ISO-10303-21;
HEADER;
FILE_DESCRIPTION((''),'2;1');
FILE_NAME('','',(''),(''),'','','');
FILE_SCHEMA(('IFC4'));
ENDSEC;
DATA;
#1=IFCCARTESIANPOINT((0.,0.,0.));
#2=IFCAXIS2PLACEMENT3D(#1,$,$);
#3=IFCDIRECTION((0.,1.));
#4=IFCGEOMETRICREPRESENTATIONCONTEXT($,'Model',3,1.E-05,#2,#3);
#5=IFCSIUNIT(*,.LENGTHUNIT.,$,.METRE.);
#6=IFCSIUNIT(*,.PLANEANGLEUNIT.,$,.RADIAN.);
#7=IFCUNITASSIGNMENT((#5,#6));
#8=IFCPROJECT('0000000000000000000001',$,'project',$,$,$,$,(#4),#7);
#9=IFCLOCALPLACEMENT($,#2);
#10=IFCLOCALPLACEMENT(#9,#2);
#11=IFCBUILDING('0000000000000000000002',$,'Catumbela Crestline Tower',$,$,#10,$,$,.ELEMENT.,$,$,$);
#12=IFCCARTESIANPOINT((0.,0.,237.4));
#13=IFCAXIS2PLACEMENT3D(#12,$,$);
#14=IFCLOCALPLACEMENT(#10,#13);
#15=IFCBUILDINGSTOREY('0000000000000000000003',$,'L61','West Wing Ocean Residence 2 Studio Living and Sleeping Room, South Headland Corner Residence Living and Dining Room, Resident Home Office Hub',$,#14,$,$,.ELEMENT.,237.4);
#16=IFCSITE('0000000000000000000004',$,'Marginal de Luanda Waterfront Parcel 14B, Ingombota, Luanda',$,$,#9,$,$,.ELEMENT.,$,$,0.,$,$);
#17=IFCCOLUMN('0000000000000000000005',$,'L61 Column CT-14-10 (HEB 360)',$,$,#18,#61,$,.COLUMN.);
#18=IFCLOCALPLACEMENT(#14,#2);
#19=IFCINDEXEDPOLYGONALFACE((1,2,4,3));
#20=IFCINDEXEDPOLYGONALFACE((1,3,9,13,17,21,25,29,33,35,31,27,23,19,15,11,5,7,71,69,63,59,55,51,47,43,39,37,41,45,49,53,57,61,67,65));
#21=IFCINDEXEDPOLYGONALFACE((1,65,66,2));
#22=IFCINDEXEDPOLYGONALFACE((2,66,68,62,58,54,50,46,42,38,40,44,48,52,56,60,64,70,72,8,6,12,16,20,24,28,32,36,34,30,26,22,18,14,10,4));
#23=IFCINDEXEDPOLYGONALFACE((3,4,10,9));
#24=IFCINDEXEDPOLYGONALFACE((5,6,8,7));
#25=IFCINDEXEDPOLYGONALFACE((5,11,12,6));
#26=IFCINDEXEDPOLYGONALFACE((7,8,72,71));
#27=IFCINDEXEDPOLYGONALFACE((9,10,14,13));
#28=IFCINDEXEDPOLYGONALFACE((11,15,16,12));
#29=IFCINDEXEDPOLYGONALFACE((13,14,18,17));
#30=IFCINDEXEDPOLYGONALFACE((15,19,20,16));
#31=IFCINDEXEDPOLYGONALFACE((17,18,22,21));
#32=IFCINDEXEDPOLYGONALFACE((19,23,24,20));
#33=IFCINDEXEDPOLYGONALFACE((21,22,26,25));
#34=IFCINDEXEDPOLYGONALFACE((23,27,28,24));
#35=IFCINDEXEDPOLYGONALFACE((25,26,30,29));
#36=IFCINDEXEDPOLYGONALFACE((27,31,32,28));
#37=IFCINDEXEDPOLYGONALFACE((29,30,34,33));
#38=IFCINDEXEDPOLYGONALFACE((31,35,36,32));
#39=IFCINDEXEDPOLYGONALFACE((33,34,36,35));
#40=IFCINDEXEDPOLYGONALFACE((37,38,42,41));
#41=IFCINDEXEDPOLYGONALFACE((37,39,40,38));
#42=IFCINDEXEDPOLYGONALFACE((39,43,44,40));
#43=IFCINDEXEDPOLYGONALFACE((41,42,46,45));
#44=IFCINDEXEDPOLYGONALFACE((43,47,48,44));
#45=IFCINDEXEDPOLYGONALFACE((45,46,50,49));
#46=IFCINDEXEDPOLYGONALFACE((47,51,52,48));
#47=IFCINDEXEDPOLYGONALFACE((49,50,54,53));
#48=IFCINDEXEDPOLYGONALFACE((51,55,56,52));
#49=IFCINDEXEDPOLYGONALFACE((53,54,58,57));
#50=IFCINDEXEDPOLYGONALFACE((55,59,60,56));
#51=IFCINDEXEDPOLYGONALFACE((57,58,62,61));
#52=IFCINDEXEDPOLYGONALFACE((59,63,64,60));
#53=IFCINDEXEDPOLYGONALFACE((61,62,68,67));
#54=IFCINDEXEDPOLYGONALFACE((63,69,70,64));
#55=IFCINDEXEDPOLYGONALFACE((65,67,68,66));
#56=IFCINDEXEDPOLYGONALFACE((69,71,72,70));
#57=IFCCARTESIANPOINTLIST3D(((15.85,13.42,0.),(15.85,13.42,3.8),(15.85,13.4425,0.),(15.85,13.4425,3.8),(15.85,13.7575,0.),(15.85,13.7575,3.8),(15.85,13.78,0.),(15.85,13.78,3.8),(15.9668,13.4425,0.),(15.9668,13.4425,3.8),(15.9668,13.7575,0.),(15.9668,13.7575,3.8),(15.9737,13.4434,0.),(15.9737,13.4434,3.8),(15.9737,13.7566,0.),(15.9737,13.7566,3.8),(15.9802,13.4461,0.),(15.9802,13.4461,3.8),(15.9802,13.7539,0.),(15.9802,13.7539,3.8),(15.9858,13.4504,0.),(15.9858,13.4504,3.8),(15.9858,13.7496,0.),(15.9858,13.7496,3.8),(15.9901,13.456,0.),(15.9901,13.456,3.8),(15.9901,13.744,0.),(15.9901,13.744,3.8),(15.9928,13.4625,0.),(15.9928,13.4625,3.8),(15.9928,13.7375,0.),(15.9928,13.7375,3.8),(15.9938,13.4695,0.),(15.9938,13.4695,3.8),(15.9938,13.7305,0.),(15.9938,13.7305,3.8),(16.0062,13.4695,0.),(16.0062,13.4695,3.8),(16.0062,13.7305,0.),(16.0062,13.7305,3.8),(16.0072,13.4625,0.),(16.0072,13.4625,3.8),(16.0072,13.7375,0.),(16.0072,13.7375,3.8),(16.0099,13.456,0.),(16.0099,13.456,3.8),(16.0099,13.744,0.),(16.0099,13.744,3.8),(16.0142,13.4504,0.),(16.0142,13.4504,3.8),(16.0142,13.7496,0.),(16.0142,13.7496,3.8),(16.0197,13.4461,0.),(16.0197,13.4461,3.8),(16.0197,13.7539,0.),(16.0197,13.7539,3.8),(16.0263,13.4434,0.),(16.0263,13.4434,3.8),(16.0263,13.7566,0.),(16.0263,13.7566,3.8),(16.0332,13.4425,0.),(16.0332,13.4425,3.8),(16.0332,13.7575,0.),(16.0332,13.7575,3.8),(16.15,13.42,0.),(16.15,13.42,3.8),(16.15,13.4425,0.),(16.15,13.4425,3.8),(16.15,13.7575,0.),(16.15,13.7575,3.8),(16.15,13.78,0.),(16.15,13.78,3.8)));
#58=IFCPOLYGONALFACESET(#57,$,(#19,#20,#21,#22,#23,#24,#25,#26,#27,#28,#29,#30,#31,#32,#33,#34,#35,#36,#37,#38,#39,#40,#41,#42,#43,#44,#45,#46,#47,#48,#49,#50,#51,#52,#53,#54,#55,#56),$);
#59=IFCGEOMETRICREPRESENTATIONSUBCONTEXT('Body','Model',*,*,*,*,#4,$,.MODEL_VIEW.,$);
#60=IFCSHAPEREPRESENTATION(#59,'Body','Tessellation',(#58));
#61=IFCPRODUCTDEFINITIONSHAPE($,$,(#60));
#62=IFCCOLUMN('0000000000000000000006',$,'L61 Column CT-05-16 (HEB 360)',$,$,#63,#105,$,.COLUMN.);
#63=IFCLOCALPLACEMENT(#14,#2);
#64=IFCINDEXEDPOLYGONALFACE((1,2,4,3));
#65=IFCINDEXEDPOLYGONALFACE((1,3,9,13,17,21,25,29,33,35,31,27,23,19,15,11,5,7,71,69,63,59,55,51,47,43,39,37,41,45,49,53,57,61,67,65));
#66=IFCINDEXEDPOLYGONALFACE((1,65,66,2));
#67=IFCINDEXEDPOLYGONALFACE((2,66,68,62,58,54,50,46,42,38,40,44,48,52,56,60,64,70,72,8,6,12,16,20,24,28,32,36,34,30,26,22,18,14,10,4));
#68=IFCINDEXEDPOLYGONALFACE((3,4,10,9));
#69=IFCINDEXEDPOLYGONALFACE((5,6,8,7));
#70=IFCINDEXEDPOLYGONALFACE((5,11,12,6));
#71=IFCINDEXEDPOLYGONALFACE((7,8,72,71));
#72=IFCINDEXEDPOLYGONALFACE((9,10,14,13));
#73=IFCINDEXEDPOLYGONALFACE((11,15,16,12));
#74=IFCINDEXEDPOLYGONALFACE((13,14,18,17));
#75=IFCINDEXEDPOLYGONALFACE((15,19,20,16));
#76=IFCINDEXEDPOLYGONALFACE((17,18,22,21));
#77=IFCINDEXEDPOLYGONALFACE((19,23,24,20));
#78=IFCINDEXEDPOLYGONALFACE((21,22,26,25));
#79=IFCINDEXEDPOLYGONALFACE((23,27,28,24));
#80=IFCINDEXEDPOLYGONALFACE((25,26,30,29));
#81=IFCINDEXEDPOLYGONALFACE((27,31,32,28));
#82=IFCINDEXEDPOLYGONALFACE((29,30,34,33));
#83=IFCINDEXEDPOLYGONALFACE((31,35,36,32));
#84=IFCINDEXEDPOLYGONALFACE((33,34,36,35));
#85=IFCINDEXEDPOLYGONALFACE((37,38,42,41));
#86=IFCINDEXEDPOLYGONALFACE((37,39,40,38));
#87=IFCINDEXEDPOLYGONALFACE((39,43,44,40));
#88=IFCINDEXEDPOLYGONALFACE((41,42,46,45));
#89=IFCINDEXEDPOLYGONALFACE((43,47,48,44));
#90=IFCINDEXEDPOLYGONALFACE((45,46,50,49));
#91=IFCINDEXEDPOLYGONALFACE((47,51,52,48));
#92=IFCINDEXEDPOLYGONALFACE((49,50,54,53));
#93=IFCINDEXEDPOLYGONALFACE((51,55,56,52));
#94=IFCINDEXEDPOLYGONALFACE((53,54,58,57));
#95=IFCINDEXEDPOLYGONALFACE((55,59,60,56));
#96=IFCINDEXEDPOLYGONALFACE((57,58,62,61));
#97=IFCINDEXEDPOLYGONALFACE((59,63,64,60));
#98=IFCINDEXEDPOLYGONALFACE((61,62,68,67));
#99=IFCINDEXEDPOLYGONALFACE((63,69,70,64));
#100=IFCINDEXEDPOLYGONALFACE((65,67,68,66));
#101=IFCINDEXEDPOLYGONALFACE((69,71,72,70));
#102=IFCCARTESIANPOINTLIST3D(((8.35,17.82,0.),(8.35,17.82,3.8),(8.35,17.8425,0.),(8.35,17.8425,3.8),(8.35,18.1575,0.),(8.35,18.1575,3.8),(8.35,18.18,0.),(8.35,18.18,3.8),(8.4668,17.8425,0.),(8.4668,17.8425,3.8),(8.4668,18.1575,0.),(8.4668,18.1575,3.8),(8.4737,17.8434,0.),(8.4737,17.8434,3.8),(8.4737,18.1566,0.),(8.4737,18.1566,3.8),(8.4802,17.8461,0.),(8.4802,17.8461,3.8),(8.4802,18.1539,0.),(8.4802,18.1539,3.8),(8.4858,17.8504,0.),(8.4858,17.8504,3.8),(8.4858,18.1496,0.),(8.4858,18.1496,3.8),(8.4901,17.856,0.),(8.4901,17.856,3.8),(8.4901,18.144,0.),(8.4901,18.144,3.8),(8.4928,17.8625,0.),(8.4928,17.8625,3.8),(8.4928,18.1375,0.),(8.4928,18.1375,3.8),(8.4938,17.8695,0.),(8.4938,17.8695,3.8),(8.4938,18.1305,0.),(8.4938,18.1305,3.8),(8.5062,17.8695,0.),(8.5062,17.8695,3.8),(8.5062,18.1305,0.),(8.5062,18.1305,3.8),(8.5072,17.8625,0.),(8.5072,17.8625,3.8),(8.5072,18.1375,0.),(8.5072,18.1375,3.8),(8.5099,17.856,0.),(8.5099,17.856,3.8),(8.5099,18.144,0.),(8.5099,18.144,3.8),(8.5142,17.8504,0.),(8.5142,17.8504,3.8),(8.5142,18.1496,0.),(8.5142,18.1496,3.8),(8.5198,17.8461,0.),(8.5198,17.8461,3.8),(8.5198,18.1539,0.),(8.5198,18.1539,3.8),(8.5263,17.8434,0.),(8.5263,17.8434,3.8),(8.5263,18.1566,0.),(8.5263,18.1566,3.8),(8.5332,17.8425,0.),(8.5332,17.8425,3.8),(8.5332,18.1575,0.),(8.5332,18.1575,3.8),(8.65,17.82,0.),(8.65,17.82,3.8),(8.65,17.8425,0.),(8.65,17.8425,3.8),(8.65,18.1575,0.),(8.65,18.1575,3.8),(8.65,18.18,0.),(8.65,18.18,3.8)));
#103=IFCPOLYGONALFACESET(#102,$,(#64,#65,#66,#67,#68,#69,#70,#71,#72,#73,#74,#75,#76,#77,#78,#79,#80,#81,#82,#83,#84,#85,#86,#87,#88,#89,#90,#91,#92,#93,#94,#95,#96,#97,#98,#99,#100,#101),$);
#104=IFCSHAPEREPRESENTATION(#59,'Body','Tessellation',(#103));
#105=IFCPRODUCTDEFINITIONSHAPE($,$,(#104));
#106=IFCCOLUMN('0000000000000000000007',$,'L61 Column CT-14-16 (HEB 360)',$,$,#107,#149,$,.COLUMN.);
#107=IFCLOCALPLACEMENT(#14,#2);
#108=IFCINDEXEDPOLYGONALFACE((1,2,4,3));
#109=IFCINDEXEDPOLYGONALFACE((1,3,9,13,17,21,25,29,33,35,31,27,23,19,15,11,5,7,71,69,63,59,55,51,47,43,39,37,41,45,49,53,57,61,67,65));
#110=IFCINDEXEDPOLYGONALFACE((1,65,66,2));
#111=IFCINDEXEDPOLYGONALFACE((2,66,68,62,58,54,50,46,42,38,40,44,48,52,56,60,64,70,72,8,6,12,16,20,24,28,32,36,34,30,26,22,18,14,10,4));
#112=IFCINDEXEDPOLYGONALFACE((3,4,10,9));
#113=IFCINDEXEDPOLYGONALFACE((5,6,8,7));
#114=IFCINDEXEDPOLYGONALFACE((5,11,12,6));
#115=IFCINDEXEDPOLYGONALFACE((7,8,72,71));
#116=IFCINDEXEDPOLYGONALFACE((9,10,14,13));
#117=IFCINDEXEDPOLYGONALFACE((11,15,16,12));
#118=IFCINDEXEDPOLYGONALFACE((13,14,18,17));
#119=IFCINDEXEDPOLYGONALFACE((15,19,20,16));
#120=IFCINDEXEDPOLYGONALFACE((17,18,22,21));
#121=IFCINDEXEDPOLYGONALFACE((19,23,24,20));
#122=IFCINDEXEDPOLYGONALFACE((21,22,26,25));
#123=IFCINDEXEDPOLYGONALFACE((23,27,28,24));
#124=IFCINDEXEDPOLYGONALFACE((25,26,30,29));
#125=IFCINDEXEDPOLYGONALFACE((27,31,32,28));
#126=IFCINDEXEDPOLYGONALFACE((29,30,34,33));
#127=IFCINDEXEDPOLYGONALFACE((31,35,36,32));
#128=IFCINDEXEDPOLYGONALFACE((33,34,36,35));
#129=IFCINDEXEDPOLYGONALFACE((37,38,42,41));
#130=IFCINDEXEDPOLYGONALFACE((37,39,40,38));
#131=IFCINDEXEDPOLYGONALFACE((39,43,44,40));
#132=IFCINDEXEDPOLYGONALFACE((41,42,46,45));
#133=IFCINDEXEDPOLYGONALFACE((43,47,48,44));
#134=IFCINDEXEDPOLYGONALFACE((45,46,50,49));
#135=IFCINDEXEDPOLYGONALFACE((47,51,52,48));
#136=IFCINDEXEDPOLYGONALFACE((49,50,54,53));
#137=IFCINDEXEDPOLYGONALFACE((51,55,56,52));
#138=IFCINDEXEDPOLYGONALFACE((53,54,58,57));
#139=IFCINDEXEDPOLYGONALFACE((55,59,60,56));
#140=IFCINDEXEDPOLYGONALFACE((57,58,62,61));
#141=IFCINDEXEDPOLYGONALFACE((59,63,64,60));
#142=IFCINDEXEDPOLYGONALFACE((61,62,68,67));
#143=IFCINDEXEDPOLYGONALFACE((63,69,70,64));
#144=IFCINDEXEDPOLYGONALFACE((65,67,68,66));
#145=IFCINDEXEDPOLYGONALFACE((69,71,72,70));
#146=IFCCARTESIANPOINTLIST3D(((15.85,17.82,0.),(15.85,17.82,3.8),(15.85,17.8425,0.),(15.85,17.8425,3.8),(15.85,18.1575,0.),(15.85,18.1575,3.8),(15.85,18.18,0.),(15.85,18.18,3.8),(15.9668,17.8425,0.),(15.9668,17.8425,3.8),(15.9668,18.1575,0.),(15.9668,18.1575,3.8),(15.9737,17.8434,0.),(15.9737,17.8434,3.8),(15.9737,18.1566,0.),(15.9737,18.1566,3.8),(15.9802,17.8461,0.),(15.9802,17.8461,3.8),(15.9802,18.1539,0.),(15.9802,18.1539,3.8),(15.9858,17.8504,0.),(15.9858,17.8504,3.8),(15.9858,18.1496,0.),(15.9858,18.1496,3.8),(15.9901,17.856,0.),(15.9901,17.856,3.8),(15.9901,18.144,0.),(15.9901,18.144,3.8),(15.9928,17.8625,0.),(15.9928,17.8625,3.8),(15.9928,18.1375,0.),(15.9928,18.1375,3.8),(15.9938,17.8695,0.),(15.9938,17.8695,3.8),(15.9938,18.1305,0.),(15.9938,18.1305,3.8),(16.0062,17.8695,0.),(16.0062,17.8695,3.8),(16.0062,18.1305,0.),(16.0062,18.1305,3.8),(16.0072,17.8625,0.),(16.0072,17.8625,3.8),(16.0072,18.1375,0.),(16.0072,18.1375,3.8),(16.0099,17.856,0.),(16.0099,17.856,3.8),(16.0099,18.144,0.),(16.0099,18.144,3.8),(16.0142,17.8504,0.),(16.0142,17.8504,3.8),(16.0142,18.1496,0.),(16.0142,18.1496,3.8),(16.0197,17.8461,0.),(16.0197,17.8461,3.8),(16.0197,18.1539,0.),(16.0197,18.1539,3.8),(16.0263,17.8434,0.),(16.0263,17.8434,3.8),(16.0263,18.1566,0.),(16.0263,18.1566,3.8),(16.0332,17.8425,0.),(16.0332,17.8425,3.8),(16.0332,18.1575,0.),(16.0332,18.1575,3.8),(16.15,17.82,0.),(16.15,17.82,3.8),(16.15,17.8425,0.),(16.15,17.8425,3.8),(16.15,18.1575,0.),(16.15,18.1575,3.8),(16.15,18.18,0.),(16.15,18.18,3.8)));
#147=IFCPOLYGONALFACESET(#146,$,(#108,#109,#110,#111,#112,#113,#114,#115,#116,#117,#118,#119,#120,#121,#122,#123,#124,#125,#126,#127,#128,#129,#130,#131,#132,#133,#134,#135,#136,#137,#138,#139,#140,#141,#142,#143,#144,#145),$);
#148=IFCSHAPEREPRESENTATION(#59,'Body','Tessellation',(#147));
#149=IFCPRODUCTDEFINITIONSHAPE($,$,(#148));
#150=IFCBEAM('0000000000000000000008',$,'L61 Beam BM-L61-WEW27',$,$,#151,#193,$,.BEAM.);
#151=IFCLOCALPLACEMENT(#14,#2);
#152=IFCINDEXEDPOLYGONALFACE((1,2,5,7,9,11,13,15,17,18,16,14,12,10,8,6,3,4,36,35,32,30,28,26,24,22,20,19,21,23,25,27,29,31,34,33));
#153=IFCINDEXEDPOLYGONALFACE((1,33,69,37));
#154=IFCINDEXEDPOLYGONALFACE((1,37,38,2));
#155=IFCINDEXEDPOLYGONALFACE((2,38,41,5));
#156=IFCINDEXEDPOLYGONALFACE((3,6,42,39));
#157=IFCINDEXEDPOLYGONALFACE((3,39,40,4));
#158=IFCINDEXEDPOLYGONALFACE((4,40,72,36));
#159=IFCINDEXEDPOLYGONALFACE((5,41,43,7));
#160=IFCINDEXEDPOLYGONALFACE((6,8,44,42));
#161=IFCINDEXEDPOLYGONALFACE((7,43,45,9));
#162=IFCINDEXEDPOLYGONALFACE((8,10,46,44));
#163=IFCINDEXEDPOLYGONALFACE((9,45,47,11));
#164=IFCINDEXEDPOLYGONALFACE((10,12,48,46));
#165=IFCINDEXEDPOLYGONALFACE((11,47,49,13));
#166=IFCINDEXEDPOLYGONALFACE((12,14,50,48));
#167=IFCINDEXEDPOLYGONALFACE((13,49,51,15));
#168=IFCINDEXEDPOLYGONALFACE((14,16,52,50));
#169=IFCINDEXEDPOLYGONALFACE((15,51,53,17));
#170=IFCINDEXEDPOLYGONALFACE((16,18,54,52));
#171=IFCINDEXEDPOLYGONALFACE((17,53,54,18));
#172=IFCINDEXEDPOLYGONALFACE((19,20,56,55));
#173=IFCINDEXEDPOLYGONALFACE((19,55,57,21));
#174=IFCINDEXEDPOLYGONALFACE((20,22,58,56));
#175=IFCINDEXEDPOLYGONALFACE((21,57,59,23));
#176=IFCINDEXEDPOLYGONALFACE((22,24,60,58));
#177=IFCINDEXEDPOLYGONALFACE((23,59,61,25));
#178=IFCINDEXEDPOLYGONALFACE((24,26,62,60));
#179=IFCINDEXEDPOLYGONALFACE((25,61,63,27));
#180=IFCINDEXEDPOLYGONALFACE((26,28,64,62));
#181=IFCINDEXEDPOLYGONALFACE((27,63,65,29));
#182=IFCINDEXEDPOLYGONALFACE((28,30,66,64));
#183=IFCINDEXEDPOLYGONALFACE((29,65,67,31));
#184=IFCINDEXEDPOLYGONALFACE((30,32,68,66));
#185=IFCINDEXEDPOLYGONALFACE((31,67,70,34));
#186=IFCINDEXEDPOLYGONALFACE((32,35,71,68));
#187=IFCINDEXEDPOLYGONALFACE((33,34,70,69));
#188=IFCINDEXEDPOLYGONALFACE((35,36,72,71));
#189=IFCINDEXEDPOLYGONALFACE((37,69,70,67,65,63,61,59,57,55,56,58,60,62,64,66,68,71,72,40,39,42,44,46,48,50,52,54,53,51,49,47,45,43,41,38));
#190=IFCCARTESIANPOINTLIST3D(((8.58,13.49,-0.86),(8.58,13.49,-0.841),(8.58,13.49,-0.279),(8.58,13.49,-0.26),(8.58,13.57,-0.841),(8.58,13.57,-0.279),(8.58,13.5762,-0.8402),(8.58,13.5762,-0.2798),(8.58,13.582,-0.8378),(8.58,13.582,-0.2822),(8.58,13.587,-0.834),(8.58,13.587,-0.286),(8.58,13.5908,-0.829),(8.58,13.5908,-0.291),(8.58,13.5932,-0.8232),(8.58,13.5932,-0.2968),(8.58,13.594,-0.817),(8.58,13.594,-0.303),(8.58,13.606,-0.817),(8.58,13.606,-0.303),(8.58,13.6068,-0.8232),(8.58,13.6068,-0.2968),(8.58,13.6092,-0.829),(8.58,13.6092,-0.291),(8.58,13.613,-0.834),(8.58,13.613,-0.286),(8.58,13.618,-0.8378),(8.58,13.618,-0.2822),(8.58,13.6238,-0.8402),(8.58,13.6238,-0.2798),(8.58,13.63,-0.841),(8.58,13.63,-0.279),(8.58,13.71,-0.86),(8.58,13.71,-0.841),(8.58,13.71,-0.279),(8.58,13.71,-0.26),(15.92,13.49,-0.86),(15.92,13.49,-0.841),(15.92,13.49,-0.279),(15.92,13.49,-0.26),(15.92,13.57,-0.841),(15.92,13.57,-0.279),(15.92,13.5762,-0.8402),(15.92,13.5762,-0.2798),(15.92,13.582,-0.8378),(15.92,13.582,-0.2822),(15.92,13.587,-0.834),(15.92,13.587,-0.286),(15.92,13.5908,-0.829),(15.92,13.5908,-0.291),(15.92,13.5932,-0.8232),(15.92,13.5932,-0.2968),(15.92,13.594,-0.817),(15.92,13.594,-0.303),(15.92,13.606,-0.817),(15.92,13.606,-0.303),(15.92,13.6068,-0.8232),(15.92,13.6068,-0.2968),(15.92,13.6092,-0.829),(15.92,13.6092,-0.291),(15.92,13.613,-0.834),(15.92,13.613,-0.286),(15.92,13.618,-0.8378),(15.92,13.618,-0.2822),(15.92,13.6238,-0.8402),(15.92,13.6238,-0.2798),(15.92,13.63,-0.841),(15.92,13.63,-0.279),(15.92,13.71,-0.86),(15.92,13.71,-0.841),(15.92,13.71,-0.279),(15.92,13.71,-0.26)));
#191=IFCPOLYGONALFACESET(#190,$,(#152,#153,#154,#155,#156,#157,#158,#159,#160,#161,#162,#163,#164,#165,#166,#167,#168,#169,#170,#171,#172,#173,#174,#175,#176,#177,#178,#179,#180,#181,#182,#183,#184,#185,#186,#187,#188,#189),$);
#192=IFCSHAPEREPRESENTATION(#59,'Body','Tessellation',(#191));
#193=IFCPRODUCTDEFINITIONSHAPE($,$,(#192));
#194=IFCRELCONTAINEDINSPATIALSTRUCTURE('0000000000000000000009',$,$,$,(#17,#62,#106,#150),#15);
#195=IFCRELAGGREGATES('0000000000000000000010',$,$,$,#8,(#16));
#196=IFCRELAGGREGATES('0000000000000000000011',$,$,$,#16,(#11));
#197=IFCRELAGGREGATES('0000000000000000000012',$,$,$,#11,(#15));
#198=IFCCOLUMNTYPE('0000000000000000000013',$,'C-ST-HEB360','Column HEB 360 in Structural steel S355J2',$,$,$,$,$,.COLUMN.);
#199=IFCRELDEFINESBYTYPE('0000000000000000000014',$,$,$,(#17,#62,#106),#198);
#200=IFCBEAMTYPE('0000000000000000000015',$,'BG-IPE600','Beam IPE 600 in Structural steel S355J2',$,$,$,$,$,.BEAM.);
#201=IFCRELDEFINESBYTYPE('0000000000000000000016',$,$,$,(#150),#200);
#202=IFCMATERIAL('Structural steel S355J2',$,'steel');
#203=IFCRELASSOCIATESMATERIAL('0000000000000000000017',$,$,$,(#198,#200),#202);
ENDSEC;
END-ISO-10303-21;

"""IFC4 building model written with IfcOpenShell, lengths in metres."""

from ifc_helpers import new_model, si_unit, direction, frame, origin, origin_2d, place, context, subcontext, project, spatial, i_section, extrude, material, material_profile, profile_set, type_object, element, save


model = new_model("IFC4")

# Units and contexts
model_context = context("Model", 3, precision=1e-05, world=origin(), true_north=direction((0.0, 1.0)))
body_context = subcontext(model_context, "Body", "Model", "MODEL_VIEW")
ifc_project = project(units=[si_unit("LENGTHUNIT", "METRE"), si_unit("PLANEANGLEUNIT", "RADIAN")], contexts=[model_context])

# Site, building, storey
site_placement = place(None, origin())
site = spatial("IfcSite", under=ifc_project, at=site_placement, Name="Marginal de Luanda Waterfront Parcel 14B, Ingombota, Luanda", CompositionType="ELEMENT", RefElevation=0.0)
building_placement = place(site_placement, origin())
building = spatial("IfcBuilding", under=site, at=building_placement, Name="Catumbela Crestline Tower", CompositionType="ELEMENT")
storey_placement = place(building_placement, frame((0.0, 0.0, 237.4)))
storey = spatial("IfcBuildingStorey", under=building, at=storey_placement, Name="L61", Description="West Wing Ocean Residence 2 Studio Living and Sleeping Room, South Headland Corner Residence Living and Dining Room, Resident Home Office Hub", CompositionType="ELEMENT", Elevation=237.4)

# Columns
ifc_material_1 = material(Name="Structural steel S355J2", Category="steel")
ifc_material_profile_1 = material_profile(ifc_material_1, i_section(OverallWidth=0.3, OverallDepth=0.36, WebThickness=0.0125, FlangeThickness=0.0225, FilletRadius=0.027, at=origin_2d()), Name="HEB 360")
ifc_profile_set_1 = profile_set([ifc_material_profile_1], Name="Structural steel S355J2")
column_type = type_object("IfcColumnType", Name="C-ST-HEB360", Description="Column HEB 360 in Structural steel S355J2", PredefinedType="COLUMN", material=ifc_profile_set_1)
for number, where, z_axis, x_axis, name in (
    (1, (16.0, 13.6, 0.0), (0.0, 0.0, 1.0), (1.0, 0.0, 0.0), "L61 Column CT-14-10 (HEB 360)"),
    (2, (8.5, 18.0, 0.0), (0.0, 0.0, 1.0), (1.0, 0.0, 0.0), "L61 Column CT-05-16 (HEB 360)"),
    (3, (16.0, 18.0, 0.0), (0.0, 0.0, 1.0), (1.0, 0.0, 0.0), "L61 Column CT-14-16 (HEB 360)"),
):
    element("IfcColumn", number, at=place(storey_placement, frame(where, z_axis=z_axis, x_axis=x_axis)), inside=storey, type_object=column_type, Name=name, PredefinedType="COLUMN", context=body_context, shape_type="SweptSolid", body=[
        extrude(i_section(OverallWidth=0.3, OverallDepth=0.36, WebThickness=0.0125, FlangeThickness=0.0225, FilletRadius=0.027, at=origin_2d()), origin(), (0.0, 0.0, 1.0), 3.8),
    ])

# Beam
ifc_material_profile_2 = material_profile(ifc_material_1, i_section(OverallWidth=0.22, OverallDepth=0.6, WebThickness=0.012, FlangeThickness=0.019, FilletRadius=0.024, at=origin_2d()), Name="IPE 600")
ifc_profile_set_2 = profile_set([ifc_material_profile_2], Name="Structural steel S355J2")
beam_type_1 = type_object("IfcBeamType", Name="BG-IPE600", Description="Beam IPE 600 in Structural steel S355J2", PredefinedType="BEAM", material=ifc_profile_set_2)
beam_1_placement = place(storey_placement, frame((8.58, 13.6, -0.56), z_axis=(1.0, 0.0, 0.0), x_axis=(0.0, 1.0, 0.0)))
element("IfcBeam", 4, at=beam_1_placement, inside=storey, type_object=beam_type_1, Name="L61 Beam BM-L61-WEW27", PredefinedType="BEAM", context=body_context, shape_type="SweptSolid", body=[
    extrude(i_section(OverallWidth=0.22, OverallDepth=0.6, WebThickness=0.012, FlangeThickness=0.019, FilletRadius=0.024, at=origin_2d()), origin(), (0.0, 0.0, 1.0), 7.34),
])

save(model, "model.ifc")
